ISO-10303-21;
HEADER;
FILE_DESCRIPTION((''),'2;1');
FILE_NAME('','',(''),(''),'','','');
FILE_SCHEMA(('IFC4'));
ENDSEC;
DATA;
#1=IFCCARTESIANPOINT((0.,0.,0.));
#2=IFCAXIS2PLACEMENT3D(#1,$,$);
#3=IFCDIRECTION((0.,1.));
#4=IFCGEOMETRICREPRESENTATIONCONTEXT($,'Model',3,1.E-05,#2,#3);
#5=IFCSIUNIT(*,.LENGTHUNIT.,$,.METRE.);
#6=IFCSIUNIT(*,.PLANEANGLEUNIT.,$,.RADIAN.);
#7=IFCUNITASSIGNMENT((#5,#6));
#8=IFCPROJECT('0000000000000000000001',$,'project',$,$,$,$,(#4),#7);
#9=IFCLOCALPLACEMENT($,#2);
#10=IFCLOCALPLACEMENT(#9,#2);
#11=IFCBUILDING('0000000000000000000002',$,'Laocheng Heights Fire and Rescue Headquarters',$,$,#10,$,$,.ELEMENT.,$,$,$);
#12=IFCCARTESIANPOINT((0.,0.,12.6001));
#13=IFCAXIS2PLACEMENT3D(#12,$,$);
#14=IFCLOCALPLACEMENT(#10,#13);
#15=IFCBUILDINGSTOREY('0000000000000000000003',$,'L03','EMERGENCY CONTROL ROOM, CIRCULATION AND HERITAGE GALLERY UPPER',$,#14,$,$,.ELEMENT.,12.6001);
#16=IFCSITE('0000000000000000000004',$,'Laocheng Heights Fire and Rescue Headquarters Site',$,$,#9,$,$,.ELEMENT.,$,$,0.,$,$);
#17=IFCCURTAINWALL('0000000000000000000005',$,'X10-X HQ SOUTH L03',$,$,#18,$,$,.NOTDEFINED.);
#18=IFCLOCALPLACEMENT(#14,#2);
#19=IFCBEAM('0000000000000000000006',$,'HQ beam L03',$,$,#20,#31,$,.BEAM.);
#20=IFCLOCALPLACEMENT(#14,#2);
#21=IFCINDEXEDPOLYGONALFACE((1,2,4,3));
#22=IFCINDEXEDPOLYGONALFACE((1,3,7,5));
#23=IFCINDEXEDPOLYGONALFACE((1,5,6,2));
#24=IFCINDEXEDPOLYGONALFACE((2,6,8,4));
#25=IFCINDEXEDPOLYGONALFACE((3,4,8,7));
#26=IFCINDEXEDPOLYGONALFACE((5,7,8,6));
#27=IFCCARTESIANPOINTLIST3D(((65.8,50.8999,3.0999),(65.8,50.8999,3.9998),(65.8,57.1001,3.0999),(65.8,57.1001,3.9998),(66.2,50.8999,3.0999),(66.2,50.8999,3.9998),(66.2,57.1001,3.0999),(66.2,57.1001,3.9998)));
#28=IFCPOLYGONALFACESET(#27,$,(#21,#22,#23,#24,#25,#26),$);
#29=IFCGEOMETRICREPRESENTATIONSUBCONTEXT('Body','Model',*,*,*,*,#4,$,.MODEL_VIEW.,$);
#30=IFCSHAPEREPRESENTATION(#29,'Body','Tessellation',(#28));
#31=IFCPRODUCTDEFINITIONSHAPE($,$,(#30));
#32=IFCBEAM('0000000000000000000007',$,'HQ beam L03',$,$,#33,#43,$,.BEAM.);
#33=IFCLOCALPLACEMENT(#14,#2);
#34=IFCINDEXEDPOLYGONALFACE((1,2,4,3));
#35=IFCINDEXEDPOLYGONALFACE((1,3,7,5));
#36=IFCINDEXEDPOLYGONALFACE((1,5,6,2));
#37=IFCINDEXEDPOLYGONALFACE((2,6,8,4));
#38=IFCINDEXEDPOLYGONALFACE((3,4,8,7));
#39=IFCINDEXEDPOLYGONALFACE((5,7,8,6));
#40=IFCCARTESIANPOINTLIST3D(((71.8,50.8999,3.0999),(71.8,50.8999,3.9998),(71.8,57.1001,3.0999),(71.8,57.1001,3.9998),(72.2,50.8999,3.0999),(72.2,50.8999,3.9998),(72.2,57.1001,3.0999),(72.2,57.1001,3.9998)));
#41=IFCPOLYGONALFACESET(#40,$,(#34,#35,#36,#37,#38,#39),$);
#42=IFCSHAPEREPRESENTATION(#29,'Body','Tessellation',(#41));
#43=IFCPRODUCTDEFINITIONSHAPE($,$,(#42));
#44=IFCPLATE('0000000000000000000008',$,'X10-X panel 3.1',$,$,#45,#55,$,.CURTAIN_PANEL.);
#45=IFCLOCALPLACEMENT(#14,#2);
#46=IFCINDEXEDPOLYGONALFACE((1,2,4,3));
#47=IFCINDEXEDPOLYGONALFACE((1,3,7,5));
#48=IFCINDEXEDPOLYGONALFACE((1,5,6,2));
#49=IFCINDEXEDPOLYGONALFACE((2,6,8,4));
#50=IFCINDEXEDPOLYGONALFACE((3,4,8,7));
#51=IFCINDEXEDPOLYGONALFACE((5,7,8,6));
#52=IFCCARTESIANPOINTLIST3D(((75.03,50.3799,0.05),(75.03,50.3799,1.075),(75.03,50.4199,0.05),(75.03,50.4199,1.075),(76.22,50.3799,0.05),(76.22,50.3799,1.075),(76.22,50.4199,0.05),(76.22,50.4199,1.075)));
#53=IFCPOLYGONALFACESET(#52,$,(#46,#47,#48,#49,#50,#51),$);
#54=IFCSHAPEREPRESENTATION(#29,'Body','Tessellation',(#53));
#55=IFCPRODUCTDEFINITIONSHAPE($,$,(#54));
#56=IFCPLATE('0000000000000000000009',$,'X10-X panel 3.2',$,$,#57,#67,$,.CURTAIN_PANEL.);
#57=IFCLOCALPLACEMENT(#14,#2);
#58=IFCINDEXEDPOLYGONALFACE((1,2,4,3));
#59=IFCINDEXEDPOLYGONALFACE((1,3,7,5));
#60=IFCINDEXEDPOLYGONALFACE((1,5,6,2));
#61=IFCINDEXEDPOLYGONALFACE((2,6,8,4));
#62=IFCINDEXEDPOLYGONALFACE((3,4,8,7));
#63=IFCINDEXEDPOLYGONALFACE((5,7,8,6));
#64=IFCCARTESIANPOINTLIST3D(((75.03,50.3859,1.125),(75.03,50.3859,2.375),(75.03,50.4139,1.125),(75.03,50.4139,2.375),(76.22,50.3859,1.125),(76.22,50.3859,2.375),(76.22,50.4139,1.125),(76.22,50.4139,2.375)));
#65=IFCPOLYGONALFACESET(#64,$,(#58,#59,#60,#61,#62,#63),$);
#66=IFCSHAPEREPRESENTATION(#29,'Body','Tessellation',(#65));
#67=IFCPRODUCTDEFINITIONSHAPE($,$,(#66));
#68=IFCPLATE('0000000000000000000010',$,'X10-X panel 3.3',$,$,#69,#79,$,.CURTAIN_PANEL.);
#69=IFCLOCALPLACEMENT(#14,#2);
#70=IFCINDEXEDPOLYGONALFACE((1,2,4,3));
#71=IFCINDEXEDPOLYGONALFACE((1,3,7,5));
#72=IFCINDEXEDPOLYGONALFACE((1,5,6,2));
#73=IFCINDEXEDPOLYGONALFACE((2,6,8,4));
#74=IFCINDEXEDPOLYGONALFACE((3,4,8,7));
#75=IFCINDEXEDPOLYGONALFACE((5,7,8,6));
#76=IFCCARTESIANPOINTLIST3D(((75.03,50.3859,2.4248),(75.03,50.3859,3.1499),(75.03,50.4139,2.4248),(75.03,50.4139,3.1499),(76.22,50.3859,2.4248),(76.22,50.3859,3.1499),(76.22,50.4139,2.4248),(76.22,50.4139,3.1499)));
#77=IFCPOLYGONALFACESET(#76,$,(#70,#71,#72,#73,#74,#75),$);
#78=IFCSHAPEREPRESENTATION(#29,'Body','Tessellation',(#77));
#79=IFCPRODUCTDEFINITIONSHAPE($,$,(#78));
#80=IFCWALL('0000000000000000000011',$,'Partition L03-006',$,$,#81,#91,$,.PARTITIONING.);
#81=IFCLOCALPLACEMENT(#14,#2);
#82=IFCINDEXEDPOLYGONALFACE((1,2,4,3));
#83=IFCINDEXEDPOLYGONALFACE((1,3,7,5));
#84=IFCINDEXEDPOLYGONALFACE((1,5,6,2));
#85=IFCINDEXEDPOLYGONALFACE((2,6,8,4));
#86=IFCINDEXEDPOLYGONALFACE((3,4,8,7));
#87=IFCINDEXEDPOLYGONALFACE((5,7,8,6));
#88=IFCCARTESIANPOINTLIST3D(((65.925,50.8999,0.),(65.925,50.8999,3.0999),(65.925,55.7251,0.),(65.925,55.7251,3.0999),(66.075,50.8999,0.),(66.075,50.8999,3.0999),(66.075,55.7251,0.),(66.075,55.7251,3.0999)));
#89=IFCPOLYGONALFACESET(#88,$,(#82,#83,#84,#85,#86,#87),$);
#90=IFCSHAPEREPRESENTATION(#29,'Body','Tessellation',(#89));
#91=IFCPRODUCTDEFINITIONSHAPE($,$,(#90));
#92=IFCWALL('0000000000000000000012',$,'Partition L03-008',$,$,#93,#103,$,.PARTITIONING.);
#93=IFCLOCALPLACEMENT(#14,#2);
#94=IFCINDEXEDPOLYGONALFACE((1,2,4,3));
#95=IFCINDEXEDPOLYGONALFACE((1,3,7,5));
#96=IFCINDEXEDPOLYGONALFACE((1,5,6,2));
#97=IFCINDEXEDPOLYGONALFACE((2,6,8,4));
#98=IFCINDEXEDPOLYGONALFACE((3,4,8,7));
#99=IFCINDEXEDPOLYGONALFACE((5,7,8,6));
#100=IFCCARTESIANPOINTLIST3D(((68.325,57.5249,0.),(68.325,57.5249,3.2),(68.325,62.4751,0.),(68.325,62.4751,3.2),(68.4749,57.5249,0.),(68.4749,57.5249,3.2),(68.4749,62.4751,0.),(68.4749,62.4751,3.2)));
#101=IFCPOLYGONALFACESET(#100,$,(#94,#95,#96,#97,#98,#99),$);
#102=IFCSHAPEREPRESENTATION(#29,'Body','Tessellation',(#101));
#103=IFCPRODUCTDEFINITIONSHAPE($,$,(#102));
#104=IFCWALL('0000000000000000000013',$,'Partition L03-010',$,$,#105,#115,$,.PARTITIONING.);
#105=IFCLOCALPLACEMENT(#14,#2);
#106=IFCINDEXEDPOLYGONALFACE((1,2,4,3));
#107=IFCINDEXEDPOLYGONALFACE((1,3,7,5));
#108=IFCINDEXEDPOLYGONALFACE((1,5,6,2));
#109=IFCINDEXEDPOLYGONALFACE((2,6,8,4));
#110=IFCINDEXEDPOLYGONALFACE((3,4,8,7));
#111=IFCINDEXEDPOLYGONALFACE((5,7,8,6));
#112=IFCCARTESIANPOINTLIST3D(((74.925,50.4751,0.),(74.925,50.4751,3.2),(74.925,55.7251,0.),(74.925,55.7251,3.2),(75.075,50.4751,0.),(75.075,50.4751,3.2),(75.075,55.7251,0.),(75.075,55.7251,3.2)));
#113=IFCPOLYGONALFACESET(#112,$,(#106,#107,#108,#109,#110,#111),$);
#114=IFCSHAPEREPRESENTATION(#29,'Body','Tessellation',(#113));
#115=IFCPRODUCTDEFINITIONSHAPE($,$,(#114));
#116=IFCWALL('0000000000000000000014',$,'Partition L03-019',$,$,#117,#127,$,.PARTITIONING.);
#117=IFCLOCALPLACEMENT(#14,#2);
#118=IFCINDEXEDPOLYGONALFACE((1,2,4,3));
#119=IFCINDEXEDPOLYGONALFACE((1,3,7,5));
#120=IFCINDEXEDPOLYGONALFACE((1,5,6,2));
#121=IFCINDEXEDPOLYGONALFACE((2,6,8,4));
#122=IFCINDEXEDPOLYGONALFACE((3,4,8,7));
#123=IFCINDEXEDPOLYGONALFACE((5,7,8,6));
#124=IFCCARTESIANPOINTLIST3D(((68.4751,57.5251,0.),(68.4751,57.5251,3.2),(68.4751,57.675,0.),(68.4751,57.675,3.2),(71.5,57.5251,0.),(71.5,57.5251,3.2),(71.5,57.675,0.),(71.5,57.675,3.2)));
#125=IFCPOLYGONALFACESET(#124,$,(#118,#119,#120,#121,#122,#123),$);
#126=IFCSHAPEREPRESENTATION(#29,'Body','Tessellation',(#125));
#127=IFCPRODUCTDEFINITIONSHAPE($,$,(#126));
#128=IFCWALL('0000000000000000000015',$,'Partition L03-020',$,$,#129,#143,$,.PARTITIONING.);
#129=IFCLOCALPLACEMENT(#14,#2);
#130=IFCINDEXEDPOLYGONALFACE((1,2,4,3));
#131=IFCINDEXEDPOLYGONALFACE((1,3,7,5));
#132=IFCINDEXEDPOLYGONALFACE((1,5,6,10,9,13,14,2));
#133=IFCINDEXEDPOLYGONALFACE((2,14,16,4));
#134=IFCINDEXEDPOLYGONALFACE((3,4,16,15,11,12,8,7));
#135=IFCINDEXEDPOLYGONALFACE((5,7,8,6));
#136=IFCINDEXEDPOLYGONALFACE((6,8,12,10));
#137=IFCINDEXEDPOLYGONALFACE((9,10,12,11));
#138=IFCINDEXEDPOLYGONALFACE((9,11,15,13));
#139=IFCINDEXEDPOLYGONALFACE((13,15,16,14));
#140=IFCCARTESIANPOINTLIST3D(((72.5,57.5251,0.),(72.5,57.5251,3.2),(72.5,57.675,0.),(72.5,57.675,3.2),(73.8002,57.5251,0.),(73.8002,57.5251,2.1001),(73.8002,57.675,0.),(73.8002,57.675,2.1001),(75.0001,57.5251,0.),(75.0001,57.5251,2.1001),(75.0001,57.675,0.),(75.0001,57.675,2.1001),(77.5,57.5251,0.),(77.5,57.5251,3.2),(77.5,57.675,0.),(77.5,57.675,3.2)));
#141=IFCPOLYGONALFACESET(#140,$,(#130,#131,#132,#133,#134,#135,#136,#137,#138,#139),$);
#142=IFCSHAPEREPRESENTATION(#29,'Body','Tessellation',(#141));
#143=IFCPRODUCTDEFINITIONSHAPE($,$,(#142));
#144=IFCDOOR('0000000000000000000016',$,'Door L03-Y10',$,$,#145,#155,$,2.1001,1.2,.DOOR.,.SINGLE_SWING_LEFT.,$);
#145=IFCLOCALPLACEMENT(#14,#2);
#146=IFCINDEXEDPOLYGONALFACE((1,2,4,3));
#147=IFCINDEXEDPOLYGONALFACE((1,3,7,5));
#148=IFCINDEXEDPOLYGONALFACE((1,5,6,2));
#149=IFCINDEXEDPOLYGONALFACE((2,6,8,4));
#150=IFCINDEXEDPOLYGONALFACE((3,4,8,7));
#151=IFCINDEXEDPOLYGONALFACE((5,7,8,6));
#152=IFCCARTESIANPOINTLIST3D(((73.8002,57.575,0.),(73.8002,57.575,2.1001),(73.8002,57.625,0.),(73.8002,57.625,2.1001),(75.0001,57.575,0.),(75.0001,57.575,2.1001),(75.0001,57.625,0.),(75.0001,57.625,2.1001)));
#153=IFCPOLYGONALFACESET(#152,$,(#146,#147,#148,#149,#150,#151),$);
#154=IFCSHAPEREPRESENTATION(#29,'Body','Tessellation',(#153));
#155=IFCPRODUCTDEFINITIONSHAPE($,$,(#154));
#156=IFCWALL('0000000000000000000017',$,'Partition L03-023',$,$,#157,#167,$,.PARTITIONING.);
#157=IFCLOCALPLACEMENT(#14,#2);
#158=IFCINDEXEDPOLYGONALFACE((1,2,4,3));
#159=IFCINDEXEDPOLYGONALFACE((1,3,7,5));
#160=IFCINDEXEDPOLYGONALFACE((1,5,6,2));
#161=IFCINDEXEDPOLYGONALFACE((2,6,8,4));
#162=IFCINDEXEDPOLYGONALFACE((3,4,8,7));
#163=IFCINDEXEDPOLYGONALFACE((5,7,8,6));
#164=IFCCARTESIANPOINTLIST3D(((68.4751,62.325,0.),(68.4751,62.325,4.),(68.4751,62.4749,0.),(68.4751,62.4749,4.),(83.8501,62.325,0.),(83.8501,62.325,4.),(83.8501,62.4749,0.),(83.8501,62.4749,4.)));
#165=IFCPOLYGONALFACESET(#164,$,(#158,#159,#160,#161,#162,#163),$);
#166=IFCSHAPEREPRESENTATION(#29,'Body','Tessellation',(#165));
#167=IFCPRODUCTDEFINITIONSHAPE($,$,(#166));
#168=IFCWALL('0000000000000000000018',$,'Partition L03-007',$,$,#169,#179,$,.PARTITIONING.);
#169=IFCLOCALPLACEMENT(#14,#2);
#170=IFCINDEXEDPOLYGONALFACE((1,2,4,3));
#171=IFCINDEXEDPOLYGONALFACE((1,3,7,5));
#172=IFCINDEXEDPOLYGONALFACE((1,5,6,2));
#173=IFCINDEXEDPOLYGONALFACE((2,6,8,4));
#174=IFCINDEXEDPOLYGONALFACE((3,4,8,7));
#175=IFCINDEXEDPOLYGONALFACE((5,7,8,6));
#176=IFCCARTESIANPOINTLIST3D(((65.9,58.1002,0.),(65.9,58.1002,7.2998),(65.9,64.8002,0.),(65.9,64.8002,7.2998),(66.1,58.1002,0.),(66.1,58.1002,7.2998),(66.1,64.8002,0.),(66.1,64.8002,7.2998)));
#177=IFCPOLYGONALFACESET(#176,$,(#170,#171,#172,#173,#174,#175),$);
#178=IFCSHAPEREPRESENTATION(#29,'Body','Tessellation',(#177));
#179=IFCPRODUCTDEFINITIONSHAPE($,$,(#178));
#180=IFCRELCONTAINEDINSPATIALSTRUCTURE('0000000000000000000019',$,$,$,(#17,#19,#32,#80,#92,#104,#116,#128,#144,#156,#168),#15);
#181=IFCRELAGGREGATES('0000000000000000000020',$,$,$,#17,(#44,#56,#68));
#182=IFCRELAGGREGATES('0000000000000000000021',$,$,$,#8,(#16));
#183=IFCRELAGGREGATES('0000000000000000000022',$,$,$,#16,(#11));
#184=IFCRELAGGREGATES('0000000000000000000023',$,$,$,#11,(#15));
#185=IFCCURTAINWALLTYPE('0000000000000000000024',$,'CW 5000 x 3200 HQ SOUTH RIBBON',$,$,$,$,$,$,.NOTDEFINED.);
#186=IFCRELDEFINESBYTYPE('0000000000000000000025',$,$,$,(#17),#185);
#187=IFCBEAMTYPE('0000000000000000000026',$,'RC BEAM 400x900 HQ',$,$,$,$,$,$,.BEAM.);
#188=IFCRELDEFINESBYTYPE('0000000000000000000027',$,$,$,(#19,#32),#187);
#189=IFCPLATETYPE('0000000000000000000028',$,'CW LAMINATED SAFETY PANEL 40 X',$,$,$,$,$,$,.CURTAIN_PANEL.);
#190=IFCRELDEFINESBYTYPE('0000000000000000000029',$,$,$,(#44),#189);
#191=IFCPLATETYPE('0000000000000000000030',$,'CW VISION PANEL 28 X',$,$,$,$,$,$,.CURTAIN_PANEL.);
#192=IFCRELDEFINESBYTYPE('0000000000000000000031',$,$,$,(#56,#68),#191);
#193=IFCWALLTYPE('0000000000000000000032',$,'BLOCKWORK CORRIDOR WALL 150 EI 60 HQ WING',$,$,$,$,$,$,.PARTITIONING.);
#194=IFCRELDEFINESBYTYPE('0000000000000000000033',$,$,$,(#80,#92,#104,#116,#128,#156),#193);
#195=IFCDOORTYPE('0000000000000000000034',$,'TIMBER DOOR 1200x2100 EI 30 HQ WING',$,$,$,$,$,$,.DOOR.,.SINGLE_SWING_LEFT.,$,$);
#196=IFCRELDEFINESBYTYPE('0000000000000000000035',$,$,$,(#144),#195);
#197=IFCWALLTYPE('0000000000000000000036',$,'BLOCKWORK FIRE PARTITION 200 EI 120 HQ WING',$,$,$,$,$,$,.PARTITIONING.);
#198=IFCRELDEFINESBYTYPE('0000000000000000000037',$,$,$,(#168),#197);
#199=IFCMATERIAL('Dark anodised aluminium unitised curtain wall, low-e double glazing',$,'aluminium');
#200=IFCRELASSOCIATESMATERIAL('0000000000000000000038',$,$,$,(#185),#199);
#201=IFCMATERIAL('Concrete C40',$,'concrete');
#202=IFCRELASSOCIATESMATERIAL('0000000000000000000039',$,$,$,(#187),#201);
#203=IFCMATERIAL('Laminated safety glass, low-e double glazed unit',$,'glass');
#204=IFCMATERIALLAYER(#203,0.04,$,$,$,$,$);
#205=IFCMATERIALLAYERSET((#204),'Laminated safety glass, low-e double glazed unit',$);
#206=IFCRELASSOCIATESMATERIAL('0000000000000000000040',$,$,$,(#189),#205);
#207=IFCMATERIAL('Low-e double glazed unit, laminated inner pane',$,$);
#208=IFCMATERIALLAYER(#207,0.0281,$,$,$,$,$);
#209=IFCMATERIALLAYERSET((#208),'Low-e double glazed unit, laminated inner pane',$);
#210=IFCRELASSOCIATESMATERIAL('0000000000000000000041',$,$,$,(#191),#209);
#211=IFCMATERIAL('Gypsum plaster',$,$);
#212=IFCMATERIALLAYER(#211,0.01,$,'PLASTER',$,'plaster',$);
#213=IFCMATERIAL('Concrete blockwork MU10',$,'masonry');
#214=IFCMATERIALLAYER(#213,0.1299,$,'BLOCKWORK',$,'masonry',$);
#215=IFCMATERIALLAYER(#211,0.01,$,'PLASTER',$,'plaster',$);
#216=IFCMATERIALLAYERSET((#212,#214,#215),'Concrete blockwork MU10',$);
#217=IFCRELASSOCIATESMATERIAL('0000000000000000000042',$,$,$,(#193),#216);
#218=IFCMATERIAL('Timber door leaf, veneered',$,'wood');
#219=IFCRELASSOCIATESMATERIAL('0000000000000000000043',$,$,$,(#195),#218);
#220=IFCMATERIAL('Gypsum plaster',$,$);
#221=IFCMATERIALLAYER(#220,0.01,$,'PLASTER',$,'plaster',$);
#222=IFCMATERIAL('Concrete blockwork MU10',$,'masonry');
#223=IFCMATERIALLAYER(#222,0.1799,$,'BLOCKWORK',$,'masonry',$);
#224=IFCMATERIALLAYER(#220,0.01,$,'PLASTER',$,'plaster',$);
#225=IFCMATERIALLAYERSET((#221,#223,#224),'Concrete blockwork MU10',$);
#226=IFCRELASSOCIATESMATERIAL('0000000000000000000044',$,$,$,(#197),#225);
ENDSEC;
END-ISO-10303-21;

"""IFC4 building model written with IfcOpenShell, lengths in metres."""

from ifc_helpers import new_model, si_unit, direction, frame, frame_2d, origin, origin_2d, place, context, subcontext, project, spatial, rectangle, extrude, material, layer, layer_set, material_profile, profile_set, type_object, element, fill, aggregate, save


model = new_model("IFC4")

# Units and contexts
model_context = context("Model", 3, precision=1e-05, world=origin(), true_north=direction((0.0, 1.0)))
body_context = subcontext(model_context, "Body", "Model", "MODEL_VIEW")
ifc_project = project(units=[si_unit("LENGTHUNIT", "METRE"), si_unit("PLANEANGLEUNIT", "RADIAN")], contexts=[model_context])

# Site, building, storey
site_placement = place(None, origin())
site = spatial("IfcSite", under=ifc_project, at=site_placement, Name="Laocheng Heights Fire and Rescue Headquarters Site", CompositionType="ELEMENT", RefElevation=0.0)
building_placement = place(site_placement, origin())
building = spatial("IfcBuilding", under=site, at=building_placement, Name="Laocheng Heights Fire and Rescue Headquarters", CompositionType="ELEMENT")
storey_placement = place(building_placement, frame((0.0, 0.0, 12.6001)))
storey = spatial("IfcBuildingStorey", under=building, at=storey_placement, Name="L03", Description="EMERGENCY CONTROL ROOM, CIRCULATION AND HERITAGE GALLERY UPPER", CompositionType="ELEMENT", Elevation=12.6001)

# Curtain wall
ifc_material_1 = material(Name="Dark anodised aluminium unitised curtain wall, low-e double glazing", Category="aluminium")
curtain_wall_type = type_object("IfcCurtainWallType", Name="CW 5000 x 3200 HQ SOUTH RIBBON", PredefinedType="NOTDEFINED", material=ifc_material_1)
curtain_wall_placement = place(storey_placement, origin())
curtain_wall = element("IfcCurtainWall", 1, at=curtain_wall_placement, inside=storey, type_object=curtain_wall_type, Name="X10-X HQ SOUTH L03", PredefinedType="NOTDEFINED")

# Beams
ifc_material_2 = material(Name="Concrete C40", Category="concrete")
ifc_material_profile_1 = material_profile(ifc_material_2, rectangle(XDim=0.3999, YDim=0.8999, at=origin_2d()), Name="RC BEAM 400x900 HQ")
ifc_profile_set_1 = profile_set([ifc_material_profile_1], Name="Concrete C40")
beam_type_1 = type_object("IfcBeamType", Name="RC BEAM 400x900 HQ", PredefinedType="BEAM", material=ifc_profile_set_1)
for number, where, z_axis, x_axis, name in (
    (2, (66.0, 50.8999, 3.5498), (0.0, 1.0, 0.0), (-1.0, 0.0, 0.0), "HQ beam L03"),
    (3, (72.0, 50.8999, 3.5498), (0.0, 1.0, 0.0), (-1.0, 0.0, 0.0), "HQ beam L03"),
):
    element("IfcBeam", number, at=place(storey_placement, frame(where, z_axis=z_axis, x_axis=x_axis)), inside=storey, type_object=beam_type_1, Name=name, PredefinedType="BEAM", context=body_context, shape_type="SweptSolid", body=[
        extrude(rectangle(XDim=0.3999, YDim=0.8999, at=origin_2d()), origin(), (0.0, 0.0, 1.0), 6.2002),
    ])

# Plates
ifc_material_3 = material(Name="Laminated safety glass, low-e double glazed unit", Category="glass")
ifc_layer_1 = layer(ifc_material_3, 0.04)
ifc_layer_set_1 = layer_set([ifc_layer_1], Name="Laminated safety glass, low-e double glazed unit")
plate_type_1 = type_object("IfcPlateType", Name="CW LAMINATED SAFETY PANEL 40 X", PredefinedType="CURTAIN_PANEL", material=ifc_layer_set_1)
plate_1_placement = place(storey_placement, frame((75.625, 50.3999, 0.05), z_axis=(0.0, 0.0, 1.0), x_axis=(1.0, 0.0, 0.0)))
plate_1 = element("IfcPlate", 4, at=plate_1_placement, type_object=plate_type_1, Name="X10-X panel 3.1", PredefinedType="CURTAIN_PANEL", context=body_context, shape_type="SweptSolid", body=[
    extrude(rectangle(XDim=1.1899, YDim=0.04, at=origin_2d()), origin(), (0.0, 0.0, 1.0), 1.0249),
])
ifc_material_4 = material(Name="Low-e double glazed unit, laminated inner pane")
ifc_layer_2 = layer(ifc_material_4, 0.0281)
ifc_layer_set_2 = layer_set([ifc_layer_2], Name="Low-e double glazed unit, laminated inner pane")
plate_type_2 = type_object("IfcPlateType", Name="CW VISION PANEL 28 X", PredefinedType="CURTAIN_PANEL", material=ifc_layer_set_2)
plate_2_placement = place(storey_placement, frame((75.625, 50.3999, 1.125), z_axis=(0.0, 0.0, 1.0), x_axis=(1.0, 0.0, 0.0)))
plate_2 = element("IfcPlate", 5, at=plate_2_placement, type_object=plate_type_2, Name="X10-X panel 3.2", PredefinedType="CURTAIN_PANEL", context=body_context, shape_type="SweptSolid", body=[
    extrude(rectangle(XDim=1.1899, YDim=0.0281, at=origin_2d()), origin(), (0.0, 0.0, 1.0), 1.25),
])
plate_3_placement = place(storey_placement, frame((75.625, 50.3999, 2.4248), z_axis=(0.0, 0.0, 1.0), x_axis=(1.0, 0.0, 0.0)))
plate_3 = element("IfcPlate", 6, at=plate_3_placement, type_object=plate_type_2, Name="X10-X panel 3.3", PredefinedType="CURTAIN_PANEL", context=body_context, shape_type="SweptSolid", body=[
    extrude(rectangle(XDim=1.1899, YDim=0.0281, at=origin_2d()), origin(), (0.0, 0.0, 1.0), 0.7251),
])
aggregate(curtain_wall, [plate_1, plate_2, plate_3])

# Walls
ifc_material_5 = material(Name="Gypsum plaster")
ifc_layer_3 = layer(ifc_material_5, 0.01, Name="PLASTER", Category="plaster")
ifc_material_6 = material(Name="Concrete blockwork MU10", Category="masonry")
ifc_layer_4 = layer(ifc_material_6, 0.1299, Name="BLOCKWORK", Category="masonry")
ifc_layer_5 = layer(ifc_material_5, 0.01, Name="PLASTER", Category="plaster")
ifc_layer_set_3 = layer_set([ifc_layer_3, ifc_layer_4, ifc_layer_5], Name="Concrete blockwork MU10")
wall_type_1 = type_object("IfcWallType", Name="BLOCKWORK CORRIDOR WALL 150 EI 60 HQ WING", PredefinedType="PARTITIONING", material=ifc_layer_set_3)
wall_1_placement = place(storey_placement, frame((66.0, 50.8999, 0.0), z_axis=(0.0, 0.0, 1.0), x_axis=(0.0, 1.0, 0.0)))
element("IfcWall", 7, at=wall_1_placement, inside=storey, type_object=wall_type_1, Name="Partition L03-006", PredefinedType="PARTITIONING", context=body_context, shape_type="SweptSolid", body=[
    extrude(rectangle(XDim=4.8252, YDim=0.1499, at=frame_2d((2.4126, 0.0))), origin(), (0.0, 0.0, 1.0), 3.0999),
])
wall_2_placement = place(storey_placement, frame((68.3999, 57.5249, 0.0), z_axis=(0.0, 0.0, 1.0), x_axis=(0.0, 1.0, 0.0)))
element("IfcWall", 8, at=wall_2_placement, inside=storey, type_object=wall_type_1, Name="Partition L03-008", PredefinedType="PARTITIONING", context=body_context, shape_type="SweptSolid", body=[
    extrude(rectangle(XDim=4.9502, YDim=0.1499, at=frame_2d((2.4751, 0.0))), origin(), (0.0, 0.0, 1.0), 3.2),
])
wall_3_placement = place(storey_placement, frame((75.0, 50.4751, 0.0), z_axis=(0.0, 0.0, 1.0), x_axis=(0.0, 1.0, 0.0)))
element("IfcWall", 9, at=wall_3_placement, inside=storey, type_object=wall_type_1, Name="Partition L03-010", PredefinedType="PARTITIONING", context=body_context, shape_type="SweptSolid", body=[
    extrude(rectangle(XDim=5.25, YDim=0.1499, at=frame_2d((2.625, 0.0))), origin(), (0.0, 0.0, 1.0), 3.2),
])
wall_4_placement = place(storey_placement, frame((68.4751, 57.6001, 0.0), z_axis=(0.0, 0.0, 1.0), x_axis=(1.0, 0.0, 0.0)))
element("IfcWall", 10, at=wall_4_placement, inside=storey, type_object=wall_type_1, Name="Partition L03-019", PredefinedType="PARTITIONING", context=body_context, shape_type="SweptSolid", body=[
    extrude(rectangle(XDim=3.0249, YDim=0.1499, at=frame_2d((1.5125, 0.0))), origin(), (0.0, 0.0, 1.0), 3.2),
])

# Wall, opening, door
wall_5_placement = place(storey_placement, frame((72.5, 57.6001, 0.0), z_axis=(0.0, 0.0, 1.0), x_axis=(1.0, 0.0, 0.0)))
wall_5 = element("IfcWall", 11, at=wall_5_placement, inside=storey, type_object=wall_type_1, Name="Partition L03-020", PredefinedType="PARTITIONING", context=body_context, shape_type="SweptSolid", body=[
    extrude(rectangle(XDim=5.0, YDim=0.1499, at=frame_2d((2.5, 0.0))), origin(), (0.0, 0.0, 1.0), 3.2),
])
opening_1_placement = place(wall_5_placement, frame((1.3, 0.0, 0.0)))
opening_1 = element("IfcOpeningElement", 12, at=opening_1_placement, cuts=wall_5, PredefinedType="OPENING", context=body_context, shape_type="SweptSolid", body=[
    extrude(rectangle(XDim=1.2, YDim=2.1001, at=frame_2d((0.6001, 1.05))), frame((0.0, 0.085, 0.0), z_axis=(0.0, -1.0, 0.0), x_axis=(1.0, 0.0, 0.0)), (0.0, 0.0, 1.0), 0.1699),
])
ifc_material_7 = material(Name="Timber door leaf, veneered", Category="wood")
door_type_1 = type_object("IfcDoorType", Name="TIMBER DOOR 1200x2100 EI 30 HQ WING", OperationType="SINGLE_SWING_LEFT", PredefinedType="DOOR", material=ifc_material_7)
door_1_placement = place(opening_1_placement, origin())
door_1 = element("IfcDoor", 13, at=door_1_placement, inside=storey, type_object=door_type_1, Name="Door L03-Y10", OperationType="SINGLE_SWING_LEFT", OverallHeight=2.1001, OverallWidth=1.2, PredefinedType="DOOR", context=body_context, shape_type="SweptSolid", body=[
    extrude(rectangle(XDim=1.2, YDim=2.1001, at=frame_2d((0.6001, 1.05))), frame((0.0, 0.0249, 0.0), z_axis=(0.0, -1.0, 0.0), x_axis=(1.0, 0.0, 0.0)), (0.0, 0.0, 1.0), 0.05),
])
fill(opening_1, door_1)

# Walls
wall_6_placement = place(storey_placement, frame((68.4751, 62.3999, 0.0), z_axis=(0.0, 0.0, 1.0), x_axis=(1.0, 0.0, 0.0)))
element("IfcWall", 14, at=wall_6_placement, inside=storey, type_object=wall_type_1, Name="Partition L03-023", PredefinedType="PARTITIONING", context=body_context, shape_type="SweptSolid", body=[
    extrude(rectangle(XDim=15.375, YDim=0.1499, at=frame_2d((7.6875, 0.0))), origin(), (0.0, 0.0, 1.0), 4.0),
])
ifc_material_8 = material(Name="Gypsum plaster")
ifc_layer_6 = layer(ifc_material_8, 0.01, Name="PLASTER", Category="plaster")
ifc_material_9 = material(Name="Concrete blockwork MU10", Category="masonry")
ifc_layer_7 = layer(ifc_material_9, 0.1799, Name="BLOCKWORK", Category="masonry")
ifc_layer_8 = layer(ifc_material_8, 0.01, Name="PLASTER", Category="plaster")
ifc_layer_set_4 = layer_set([ifc_layer_6, ifc_layer_7, ifc_layer_8], Name="Concrete blockwork MU10")
wall_type_2 = type_object("IfcWallType", Name="BLOCKWORK FIRE PARTITION 200 EI 120 HQ WING", PredefinedType="PARTITIONING", material=ifc_layer_set_4)
wall_7_placement = place(storey_placement, frame((66.0, 58.1001, 0.0), z_axis=(0.0, 0.0, 1.0), x_axis=(0.0, 1.0, 0.0)))
element("IfcWall", 15, at=wall_7_placement, inside=storey, type_object=wall_type_2, Name="Partition L03-007", PredefinedType="PARTITIONING", context=body_context, shape_type="SweptSolid", body=[
    extrude(rectangle(XDim=6.7, YDim=0.2, at=frame_2d((3.3501, 0.0))), origin(), (0.0, 0.0, 1.0), 7.2998),
])

save(model, "model.ifc")
